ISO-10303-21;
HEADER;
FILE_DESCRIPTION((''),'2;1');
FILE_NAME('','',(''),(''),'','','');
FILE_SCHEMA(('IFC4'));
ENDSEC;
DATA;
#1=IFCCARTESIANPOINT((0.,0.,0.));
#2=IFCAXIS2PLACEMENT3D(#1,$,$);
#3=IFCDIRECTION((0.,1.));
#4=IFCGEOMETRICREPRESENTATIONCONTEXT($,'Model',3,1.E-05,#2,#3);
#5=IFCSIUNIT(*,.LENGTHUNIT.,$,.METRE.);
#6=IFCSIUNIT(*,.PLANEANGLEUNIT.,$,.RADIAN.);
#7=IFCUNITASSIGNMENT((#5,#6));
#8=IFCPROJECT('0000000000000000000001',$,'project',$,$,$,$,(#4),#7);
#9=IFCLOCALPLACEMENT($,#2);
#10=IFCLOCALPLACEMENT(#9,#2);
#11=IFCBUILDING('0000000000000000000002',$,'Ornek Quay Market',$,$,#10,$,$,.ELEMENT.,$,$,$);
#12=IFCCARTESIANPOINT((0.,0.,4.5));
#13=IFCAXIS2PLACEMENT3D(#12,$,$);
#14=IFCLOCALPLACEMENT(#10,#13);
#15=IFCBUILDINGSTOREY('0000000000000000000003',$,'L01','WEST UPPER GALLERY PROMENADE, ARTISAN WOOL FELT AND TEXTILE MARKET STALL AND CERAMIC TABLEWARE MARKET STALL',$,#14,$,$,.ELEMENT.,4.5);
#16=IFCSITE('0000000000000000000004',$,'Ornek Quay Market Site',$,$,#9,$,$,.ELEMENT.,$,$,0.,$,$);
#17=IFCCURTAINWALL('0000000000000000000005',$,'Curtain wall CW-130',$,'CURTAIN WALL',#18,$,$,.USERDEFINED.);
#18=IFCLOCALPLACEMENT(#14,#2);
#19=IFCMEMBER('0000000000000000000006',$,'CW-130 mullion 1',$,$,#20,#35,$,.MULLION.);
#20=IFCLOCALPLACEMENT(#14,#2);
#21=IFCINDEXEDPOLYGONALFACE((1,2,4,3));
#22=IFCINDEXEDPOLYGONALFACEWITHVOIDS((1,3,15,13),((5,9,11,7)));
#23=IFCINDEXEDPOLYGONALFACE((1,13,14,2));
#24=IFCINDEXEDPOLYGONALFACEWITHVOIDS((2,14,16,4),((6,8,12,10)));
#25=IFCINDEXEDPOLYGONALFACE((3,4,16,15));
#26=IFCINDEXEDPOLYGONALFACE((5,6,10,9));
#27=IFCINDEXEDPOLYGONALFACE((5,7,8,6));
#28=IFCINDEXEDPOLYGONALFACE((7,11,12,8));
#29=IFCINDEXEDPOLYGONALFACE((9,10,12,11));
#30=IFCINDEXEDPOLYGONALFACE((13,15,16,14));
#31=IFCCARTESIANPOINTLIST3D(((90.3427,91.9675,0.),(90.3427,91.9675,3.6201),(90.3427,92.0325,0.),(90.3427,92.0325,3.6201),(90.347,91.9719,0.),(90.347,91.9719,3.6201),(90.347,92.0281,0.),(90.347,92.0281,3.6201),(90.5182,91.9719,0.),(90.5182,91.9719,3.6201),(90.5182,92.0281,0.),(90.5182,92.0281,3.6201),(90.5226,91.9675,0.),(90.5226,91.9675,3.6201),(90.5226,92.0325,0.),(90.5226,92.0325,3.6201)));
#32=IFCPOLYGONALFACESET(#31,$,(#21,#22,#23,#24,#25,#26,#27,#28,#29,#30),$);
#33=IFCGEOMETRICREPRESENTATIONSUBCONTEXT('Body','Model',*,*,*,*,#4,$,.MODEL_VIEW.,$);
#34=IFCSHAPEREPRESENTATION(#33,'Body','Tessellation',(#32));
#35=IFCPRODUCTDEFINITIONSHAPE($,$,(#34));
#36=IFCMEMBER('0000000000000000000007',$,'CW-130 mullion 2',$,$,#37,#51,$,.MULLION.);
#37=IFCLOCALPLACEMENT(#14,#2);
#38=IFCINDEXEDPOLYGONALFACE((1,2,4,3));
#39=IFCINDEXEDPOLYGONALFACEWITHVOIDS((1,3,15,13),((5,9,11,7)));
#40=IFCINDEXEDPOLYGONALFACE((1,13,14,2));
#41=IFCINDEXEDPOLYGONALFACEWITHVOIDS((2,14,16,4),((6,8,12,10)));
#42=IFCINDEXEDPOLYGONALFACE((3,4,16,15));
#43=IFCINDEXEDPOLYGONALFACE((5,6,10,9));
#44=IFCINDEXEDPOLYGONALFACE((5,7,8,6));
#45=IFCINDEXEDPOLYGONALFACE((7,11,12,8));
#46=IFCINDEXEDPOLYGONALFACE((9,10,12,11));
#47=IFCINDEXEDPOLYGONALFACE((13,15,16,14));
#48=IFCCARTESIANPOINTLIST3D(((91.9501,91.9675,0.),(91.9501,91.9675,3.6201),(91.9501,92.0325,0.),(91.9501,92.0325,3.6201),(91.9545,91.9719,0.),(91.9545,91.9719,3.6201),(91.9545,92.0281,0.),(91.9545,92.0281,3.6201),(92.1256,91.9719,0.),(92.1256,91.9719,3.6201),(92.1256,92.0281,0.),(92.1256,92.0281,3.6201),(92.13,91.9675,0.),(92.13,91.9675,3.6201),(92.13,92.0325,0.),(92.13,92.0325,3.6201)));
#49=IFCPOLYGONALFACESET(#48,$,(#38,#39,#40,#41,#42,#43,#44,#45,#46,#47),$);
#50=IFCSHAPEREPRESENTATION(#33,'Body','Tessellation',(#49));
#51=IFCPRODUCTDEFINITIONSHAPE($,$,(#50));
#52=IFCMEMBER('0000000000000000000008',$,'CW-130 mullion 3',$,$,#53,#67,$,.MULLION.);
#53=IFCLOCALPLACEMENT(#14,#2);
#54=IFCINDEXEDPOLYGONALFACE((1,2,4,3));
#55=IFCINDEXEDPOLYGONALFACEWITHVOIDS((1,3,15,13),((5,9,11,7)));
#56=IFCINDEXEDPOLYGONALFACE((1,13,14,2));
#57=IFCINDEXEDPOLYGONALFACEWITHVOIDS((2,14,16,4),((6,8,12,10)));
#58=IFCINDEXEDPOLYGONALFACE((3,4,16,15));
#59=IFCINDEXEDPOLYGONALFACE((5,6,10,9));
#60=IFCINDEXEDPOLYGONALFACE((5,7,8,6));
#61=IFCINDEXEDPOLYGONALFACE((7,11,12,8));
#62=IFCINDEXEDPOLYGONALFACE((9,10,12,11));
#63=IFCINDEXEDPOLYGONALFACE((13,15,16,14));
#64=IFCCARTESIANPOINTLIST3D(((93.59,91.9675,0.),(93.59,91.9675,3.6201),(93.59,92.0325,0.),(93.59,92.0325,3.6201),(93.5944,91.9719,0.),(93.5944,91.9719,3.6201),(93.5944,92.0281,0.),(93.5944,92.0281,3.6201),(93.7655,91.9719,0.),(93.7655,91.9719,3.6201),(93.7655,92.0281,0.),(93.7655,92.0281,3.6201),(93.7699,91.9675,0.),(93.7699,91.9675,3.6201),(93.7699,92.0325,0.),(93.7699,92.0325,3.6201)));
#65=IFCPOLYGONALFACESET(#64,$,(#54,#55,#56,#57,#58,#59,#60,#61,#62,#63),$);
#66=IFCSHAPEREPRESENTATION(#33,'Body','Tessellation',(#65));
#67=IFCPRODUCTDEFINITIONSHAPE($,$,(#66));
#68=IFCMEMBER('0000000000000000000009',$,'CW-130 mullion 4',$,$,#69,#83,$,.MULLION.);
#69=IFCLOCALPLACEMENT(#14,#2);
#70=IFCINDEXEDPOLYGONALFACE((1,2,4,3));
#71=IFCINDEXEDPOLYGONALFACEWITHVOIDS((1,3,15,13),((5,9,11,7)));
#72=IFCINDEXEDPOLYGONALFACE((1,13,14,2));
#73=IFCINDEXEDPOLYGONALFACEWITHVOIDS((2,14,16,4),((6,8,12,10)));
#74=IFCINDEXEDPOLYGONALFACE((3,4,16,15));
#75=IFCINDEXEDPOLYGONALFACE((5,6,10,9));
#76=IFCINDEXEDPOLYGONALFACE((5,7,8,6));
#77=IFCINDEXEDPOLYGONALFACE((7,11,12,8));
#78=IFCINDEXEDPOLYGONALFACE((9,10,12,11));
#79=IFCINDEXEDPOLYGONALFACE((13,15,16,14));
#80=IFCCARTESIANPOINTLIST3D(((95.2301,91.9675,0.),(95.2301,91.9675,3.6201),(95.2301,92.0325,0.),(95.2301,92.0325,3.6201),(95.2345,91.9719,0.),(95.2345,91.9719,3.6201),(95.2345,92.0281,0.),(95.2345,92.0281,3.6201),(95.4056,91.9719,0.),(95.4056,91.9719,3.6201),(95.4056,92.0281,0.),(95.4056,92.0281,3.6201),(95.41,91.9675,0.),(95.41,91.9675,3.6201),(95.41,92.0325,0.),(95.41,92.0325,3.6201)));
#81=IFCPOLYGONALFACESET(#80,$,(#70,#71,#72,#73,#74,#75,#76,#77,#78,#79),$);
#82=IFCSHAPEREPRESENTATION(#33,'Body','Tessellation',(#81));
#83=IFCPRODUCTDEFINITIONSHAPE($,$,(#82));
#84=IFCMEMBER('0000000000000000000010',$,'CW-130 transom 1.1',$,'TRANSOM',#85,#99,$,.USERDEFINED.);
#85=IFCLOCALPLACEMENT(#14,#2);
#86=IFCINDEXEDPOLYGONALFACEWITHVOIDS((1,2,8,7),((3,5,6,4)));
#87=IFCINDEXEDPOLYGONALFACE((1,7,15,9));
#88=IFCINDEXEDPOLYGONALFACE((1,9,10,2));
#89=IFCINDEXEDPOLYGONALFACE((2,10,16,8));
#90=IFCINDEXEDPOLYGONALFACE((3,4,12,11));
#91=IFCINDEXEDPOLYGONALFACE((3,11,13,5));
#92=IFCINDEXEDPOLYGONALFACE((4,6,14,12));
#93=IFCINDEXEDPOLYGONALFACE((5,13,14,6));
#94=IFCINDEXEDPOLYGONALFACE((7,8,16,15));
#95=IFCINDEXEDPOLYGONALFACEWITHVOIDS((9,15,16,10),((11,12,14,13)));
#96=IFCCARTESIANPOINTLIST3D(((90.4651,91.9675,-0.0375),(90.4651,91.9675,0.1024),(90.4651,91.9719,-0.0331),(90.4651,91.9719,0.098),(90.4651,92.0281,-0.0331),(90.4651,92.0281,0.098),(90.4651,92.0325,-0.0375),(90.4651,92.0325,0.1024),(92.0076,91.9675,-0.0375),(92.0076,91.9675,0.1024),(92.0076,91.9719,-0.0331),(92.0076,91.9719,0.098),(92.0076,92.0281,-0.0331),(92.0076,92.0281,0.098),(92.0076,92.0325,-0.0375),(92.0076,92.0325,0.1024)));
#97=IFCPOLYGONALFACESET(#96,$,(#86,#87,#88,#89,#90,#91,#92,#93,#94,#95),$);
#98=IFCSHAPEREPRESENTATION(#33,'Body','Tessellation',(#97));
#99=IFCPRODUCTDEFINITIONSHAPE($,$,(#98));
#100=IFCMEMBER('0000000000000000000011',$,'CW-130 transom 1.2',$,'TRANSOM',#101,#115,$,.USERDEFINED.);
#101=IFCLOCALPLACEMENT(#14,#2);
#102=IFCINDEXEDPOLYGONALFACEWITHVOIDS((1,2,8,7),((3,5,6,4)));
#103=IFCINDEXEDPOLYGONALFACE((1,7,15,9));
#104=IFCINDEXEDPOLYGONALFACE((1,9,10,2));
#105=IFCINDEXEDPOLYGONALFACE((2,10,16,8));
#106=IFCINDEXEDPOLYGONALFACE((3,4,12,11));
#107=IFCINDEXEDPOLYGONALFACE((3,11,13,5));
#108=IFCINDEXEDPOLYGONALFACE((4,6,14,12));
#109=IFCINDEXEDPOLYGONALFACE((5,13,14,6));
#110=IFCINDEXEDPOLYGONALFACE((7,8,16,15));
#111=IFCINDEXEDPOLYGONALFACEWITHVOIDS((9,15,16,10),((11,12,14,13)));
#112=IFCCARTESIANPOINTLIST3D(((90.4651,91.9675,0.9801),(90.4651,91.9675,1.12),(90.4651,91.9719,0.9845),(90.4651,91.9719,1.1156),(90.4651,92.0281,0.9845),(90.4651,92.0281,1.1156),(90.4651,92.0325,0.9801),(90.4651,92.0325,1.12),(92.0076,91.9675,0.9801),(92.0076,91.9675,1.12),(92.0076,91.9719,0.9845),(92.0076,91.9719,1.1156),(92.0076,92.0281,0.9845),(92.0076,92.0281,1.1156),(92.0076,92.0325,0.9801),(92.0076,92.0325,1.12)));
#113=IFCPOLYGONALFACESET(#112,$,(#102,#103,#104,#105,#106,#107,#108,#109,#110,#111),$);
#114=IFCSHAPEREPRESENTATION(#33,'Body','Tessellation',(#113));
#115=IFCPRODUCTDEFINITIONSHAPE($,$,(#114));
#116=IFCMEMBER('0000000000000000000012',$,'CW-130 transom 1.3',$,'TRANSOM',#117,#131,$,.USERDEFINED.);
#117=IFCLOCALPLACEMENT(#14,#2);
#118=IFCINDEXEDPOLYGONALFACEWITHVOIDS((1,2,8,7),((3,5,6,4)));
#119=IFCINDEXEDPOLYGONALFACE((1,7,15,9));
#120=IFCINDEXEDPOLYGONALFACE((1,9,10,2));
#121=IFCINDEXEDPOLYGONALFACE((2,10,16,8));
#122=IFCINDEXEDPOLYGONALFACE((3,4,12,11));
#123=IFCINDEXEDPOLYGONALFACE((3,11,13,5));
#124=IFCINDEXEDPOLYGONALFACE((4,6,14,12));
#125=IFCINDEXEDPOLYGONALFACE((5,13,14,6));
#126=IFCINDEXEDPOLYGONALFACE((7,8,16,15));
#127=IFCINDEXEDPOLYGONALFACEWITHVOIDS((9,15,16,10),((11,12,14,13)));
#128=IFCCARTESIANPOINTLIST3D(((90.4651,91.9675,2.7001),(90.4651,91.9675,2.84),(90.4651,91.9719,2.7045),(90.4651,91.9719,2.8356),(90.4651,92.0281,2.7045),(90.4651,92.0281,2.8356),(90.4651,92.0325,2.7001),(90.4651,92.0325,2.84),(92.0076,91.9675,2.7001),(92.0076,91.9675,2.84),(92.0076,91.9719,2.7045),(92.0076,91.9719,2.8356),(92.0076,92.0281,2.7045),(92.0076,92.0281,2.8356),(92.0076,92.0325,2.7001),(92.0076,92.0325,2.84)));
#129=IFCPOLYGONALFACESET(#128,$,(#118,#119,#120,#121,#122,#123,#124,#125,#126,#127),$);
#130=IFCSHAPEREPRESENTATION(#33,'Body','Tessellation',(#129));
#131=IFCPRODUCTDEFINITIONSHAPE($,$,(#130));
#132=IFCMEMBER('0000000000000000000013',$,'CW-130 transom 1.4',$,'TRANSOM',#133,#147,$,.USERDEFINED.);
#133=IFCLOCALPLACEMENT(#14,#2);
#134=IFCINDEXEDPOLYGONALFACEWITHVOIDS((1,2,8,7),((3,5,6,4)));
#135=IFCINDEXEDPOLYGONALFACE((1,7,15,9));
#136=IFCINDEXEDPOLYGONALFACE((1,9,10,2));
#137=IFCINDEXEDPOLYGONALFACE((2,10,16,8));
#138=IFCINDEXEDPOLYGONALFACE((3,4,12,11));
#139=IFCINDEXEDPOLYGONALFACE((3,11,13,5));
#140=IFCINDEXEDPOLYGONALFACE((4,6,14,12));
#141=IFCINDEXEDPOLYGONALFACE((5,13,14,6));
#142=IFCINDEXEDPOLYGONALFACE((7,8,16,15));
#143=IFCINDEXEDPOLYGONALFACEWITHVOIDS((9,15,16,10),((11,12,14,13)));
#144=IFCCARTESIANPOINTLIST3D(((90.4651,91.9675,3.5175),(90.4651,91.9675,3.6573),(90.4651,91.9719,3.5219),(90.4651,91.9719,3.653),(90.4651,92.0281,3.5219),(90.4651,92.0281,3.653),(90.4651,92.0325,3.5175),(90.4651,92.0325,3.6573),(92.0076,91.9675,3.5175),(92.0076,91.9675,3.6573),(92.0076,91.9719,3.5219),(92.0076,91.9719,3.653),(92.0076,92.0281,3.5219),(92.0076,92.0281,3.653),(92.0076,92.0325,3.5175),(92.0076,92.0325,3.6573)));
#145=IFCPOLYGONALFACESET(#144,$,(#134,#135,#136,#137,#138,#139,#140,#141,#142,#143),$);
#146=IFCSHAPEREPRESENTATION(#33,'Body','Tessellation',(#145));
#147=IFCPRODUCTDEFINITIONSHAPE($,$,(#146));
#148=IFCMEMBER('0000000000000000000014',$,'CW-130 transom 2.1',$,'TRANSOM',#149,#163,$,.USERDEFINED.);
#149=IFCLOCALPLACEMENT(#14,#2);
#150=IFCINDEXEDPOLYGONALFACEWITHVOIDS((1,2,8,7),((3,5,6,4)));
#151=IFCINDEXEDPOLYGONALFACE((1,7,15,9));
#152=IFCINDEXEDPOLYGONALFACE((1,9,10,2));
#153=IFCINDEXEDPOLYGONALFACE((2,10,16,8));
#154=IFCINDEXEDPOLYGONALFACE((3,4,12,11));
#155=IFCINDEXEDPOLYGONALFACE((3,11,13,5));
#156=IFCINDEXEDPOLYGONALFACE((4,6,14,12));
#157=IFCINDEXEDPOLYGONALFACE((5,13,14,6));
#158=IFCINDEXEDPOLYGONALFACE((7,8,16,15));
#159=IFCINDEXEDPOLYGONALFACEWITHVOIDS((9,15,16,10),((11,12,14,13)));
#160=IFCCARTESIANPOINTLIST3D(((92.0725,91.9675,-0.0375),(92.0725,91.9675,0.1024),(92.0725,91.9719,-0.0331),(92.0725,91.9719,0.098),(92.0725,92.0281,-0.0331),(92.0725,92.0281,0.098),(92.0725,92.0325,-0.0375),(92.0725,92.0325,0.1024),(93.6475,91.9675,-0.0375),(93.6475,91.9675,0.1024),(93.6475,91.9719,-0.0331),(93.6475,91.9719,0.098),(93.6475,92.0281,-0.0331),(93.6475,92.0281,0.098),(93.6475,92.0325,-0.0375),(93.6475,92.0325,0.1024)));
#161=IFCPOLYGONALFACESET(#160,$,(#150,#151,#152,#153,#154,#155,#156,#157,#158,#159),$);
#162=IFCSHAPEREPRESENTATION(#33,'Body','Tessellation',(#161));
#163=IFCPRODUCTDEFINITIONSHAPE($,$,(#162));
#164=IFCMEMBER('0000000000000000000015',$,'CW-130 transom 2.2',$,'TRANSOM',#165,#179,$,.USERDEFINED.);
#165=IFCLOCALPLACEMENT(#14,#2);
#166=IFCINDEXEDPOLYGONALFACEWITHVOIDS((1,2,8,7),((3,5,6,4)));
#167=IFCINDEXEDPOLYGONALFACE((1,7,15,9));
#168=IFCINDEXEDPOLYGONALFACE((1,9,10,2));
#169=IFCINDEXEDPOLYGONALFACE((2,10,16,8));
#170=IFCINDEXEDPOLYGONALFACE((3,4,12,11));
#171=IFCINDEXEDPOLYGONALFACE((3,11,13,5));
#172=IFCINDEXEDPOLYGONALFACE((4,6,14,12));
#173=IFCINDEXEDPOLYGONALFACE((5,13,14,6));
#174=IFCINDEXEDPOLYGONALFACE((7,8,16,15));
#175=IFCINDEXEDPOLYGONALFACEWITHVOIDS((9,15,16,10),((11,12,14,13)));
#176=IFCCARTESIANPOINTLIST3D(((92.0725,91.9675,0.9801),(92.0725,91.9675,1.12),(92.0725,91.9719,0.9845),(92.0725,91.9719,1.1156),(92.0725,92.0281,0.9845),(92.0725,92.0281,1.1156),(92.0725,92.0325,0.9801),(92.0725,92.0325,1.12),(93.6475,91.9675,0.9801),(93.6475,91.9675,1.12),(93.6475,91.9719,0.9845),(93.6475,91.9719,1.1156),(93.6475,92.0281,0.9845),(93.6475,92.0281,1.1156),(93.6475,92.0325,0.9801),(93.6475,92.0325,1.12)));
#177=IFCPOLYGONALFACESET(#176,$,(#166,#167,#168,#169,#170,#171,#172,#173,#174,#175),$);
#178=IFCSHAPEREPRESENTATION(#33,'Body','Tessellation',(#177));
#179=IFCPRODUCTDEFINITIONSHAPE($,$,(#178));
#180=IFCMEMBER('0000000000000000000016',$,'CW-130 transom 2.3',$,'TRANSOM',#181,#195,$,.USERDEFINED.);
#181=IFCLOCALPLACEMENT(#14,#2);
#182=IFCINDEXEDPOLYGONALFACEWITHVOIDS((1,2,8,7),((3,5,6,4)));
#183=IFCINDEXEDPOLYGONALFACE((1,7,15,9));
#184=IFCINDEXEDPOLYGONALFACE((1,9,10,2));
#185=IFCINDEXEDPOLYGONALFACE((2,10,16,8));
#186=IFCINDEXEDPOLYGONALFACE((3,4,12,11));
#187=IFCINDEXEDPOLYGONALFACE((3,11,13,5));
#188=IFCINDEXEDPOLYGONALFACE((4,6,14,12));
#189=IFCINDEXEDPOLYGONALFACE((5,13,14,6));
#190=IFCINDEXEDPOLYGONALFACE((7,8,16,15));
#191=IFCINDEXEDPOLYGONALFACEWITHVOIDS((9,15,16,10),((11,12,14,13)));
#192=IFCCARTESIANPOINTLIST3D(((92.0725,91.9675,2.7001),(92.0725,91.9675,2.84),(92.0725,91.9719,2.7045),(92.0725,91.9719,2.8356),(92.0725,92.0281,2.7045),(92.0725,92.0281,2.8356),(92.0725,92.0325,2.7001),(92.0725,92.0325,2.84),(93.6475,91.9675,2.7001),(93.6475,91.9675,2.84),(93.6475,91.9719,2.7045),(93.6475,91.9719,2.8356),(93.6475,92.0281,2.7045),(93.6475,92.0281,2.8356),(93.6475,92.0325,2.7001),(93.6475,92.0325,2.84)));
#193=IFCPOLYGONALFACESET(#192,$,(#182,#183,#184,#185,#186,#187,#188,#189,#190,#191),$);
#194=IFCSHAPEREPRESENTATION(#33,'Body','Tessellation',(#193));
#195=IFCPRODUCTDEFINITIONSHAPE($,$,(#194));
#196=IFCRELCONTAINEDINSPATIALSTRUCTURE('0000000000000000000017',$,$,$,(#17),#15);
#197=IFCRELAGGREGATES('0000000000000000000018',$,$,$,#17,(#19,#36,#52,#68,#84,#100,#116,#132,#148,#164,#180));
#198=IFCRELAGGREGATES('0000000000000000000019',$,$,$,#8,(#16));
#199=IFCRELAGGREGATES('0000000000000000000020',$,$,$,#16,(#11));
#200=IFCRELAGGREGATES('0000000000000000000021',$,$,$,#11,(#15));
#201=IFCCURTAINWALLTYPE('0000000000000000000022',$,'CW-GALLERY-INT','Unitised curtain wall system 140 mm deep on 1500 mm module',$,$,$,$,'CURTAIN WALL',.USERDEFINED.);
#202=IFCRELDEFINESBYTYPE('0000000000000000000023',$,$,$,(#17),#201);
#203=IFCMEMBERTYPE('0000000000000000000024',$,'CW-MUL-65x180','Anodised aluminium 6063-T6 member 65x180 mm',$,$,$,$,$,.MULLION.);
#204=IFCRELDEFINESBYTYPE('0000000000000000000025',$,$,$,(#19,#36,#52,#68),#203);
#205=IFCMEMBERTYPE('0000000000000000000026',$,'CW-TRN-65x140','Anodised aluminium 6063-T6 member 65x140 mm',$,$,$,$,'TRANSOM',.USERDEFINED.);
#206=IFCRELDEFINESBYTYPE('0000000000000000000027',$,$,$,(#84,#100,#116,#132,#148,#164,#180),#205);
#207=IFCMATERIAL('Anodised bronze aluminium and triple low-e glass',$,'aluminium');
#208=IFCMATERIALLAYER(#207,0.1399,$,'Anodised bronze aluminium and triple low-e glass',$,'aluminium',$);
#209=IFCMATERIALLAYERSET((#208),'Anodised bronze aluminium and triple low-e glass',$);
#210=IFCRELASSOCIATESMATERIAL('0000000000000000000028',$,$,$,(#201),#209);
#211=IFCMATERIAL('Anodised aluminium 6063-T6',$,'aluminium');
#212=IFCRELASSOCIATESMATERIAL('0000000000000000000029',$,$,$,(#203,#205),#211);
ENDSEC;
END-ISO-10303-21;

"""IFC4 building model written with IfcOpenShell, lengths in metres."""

from ifc_helpers import new_model, si_unit, direction, frame, origin, origin_2d, place, context, subcontext, project, spatial, hollow_rectangle, extrude, material, layer, layer_set, material_profile, profile_set, type_object, element, aggregate, save


model = new_model("IFC4")

# Units and contexts
model_context = context("Model", 3, precision=1e-05, world=origin(), true_north=direction((0.0, 1.0)))
body_context = subcontext(model_context, "Body", "Model", "MODEL_VIEW")
ifc_project = project(units=[si_unit("LENGTHUNIT", "METRE"), si_unit("PLANEANGLEUNIT", "RADIAN")], contexts=[model_context])

# Site, building, storey
site_placement = place(None, origin())
site = spatial("IfcSite", under=ifc_project, at=site_placement, Name="Ornek Quay Market Site", CompositionType="ELEMENT", RefElevation=0.0)
building_placement = place(site_placement, origin())
building = spatial("IfcBuilding", under=site, at=building_placement, Name="Ornek Quay Market", CompositionType="ELEMENT")
storey_placement = place(building_placement, frame((0.0, 0.0, 4.5)))
storey = spatial("IfcBuildingStorey", under=building, at=storey_placement, Name="L01", Description="WEST UPPER GALLERY PROMENADE, ARTISAN WOOL FELT AND TEXTILE MARKET STALL AND CERAMIC TABLEWARE MARKET STALL", CompositionType="ELEMENT", Elevation=4.5)

# Curtain wall, members
ifc_material_1 = material(Name="Anodised bronze aluminium and triple low-e glass", Category="aluminium")
ifc_layer_1 = layer(ifc_material_1, 0.1399, Name="Anodised bronze aluminium and triple low-e glass", Category="aluminium")
ifc_layer_set_1 = layer_set([ifc_layer_1], Name="Anodised bronze aluminium and triple low-e glass")
curtain_wall_type = type_object("IfcCurtainWallType", Name="CW-GALLERY-INT", Description="Unitised curtain wall system 140 mm deep on 1500 mm module", ElementType="CURTAIN WALL", PredefinedType="USERDEFINED", material=ifc_layer_set_1)
curtain_wall_placement = place(storey_placement, origin())
curtain_wall = element("IfcCurtainWall", 1, at=curtain_wall_placement, inside=storey, type_object=curtain_wall_type, Name="Curtain wall CW-130", ObjectType="CURTAIN WALL", PredefinedType="USERDEFINED")
ifc_material_2 = material(Name="Anodised aluminium 6063-T6", Category="aluminium")
ifc_material_profile_1 = material_profile(ifc_material_2, hollow_rectangle(XDim=0.0649, YDim=0.1799, WallThickness=0.0044, at=origin_2d()), Name="CW-MUL-65x180", Category="aluminium")
ifc_profile_set_1 = profile_set([ifc_material_profile_1], Name="Anodised aluminium 6063-T6")
member_type_1 = type_object("IfcMemberType", Name="CW-MUL-65x180", Description="Anodised aluminium 6063-T6 member 65x180 mm", PredefinedType="MULLION", material=ifc_profile_set_1)
member_1_placement = place(storey_placement, frame((90.4326, 92.0, 0.0), z_axis=(0.0, 0.0, 1.0), x_axis=(0.0, 1.0, 0.0)))
member_1 = element("IfcMember", 2, at=member_1_placement, type_object=member_type_1, Name="CW-130 mullion 1", PredefinedType="MULLION", context=body_context, shape_type="SweptSolid", body=[
    extrude(hollow_rectangle(XDim=0.0649, YDim=0.1799, WallThickness=0.0044, at=origin_2d()), origin(), (0.0, 0.0, 1.0), 3.6201),
])
member_2_placement = place(storey_placement, frame((92.04, 92.0, 0.0), z_axis=(0.0, 0.0, 1.0), x_axis=(0.0, 1.0, 0.0)))
member_2 = element("IfcMember", 3, at=member_2_placement, type_object=member_type_1, Name="CW-130 mullion 2", PredefinedType="MULLION", context=body_context, shape_type="SweptSolid", body=[
    extrude(hollow_rectangle(XDim=0.0649, YDim=0.1799, WallThickness=0.0044, at=origin_2d()), origin(), (0.0, 0.0, 1.0), 3.6201),
])
member_3_placement = place(storey_placement, frame((93.6799, 92.0, 0.0), z_axis=(0.0, 0.0, 1.0), x_axis=(0.0, 1.0, 0.0)))
member_3 = element("IfcMember", 4, at=member_3_placement, type_object=member_type_1, Name="CW-130 mullion 3", PredefinedType="MULLION", context=body_context, shape_type="SweptSolid", body=[
    extrude(hollow_rectangle(XDim=0.0649, YDim=0.1799, WallThickness=0.0044, at=origin_2d()), origin(), (0.0, 0.0, 1.0), 3.6201),
])
member_4_placement = place(storey_placement, frame((95.3201, 92.0, 0.0), z_axis=(0.0, 0.0, 1.0), x_axis=(0.0, 1.0, 0.0)))
member_4 = element("IfcMember", 5, at=member_4_placement, type_object=member_type_1, Name="CW-130 mullion 4", PredefinedType="MULLION", context=body_context, shape_type="SweptSolid", body=[
    extrude(hollow_rectangle(XDim=0.0649, YDim=0.1799, WallThickness=0.0044, at=origin_2d()), origin(), (0.0, 0.0, 1.0), 3.6201),
])
ifc_material_profile_2 = material_profile(ifc_material_2, hollow_rectangle(XDim=0.0649, YDim=0.1399, WallThickness=0.0044, at=origin_2d()), Name="CW-TRN-65x140", Category="aluminium")
ifc_profile_set_2 = profile_set([ifc_material_profile_2], Name="Anodised aluminium 6063-T6")
member_type_2 = type_object("IfcMemberType", Name="CW-TRN-65x140", Description="Anodised aluminium 6063-T6 member 65x140 mm", ElementType="TRANSOM", PredefinedType="USERDEFINED", material=ifc_profile_set_2)
member_5_placement = place(storey_placement, frame((90.4651, 92.0, 0.0325), z_axis=(1.0, 0.0, 0.0), x_axis=(0.0, 1.0, 0.0)))
member_5 = element("IfcMember", 6, at=member_5_placement, type_object=member_type_2, Name="CW-130 transom 1.1", ObjectType="TRANSOM", PredefinedType="USERDEFINED", context=body_context, shape_type="SweptSolid", body=[
    extrude(hollow_rectangle(XDim=0.0649, YDim=0.1399, WallThickness=0.0044, at=origin_2d()), origin(), (0.0, 0.0, 1.0), 1.5425),
])
member_6_placement = place(storey_placement, frame((90.4651, 92.0, 1.05), z_axis=(1.0, 0.0, 0.0), x_axis=(0.0, 1.0, 0.0)))
member_6 = element("IfcMember", 7, at=member_6_placement, type_object=member_type_2, Name="CW-130 transom 1.2", ObjectType="TRANSOM", PredefinedType="USERDEFINED", context=body_context, shape_type="SweptSolid", body=[
    extrude(hollow_rectangle(XDim=0.0649, YDim=0.1399, WallThickness=0.0044, at=origin_2d()), origin(), (0.0, 0.0, 1.0), 1.5425),
])
member_7_placement = place(storey_placement, frame((90.4651, 92.0, 2.77), z_axis=(1.0, 0.0, 0.0), x_axis=(0.0, 1.0, 0.0)))
member_7 = element("IfcMember", 8, at=member_7_placement, type_object=member_type_2, Name="CW-130 transom 1.3", ObjectType="TRANSOM", PredefinedType="USERDEFINED", context=body_context, shape_type="SweptSolid", body=[
    extrude(hollow_rectangle(XDim=0.0649, YDim=0.1399, WallThickness=0.0044, at=origin_2d()), origin(), (0.0, 0.0, 1.0), 1.5425),
])
member_8_placement = place(storey_placement, frame((90.4651, 92.0, 3.5874), z_axis=(1.0, 0.0, 0.0), x_axis=(0.0, 1.0, 0.0)))
member_8 = element("IfcMember", 9, at=member_8_placement, type_object=member_type_2, Name="CW-130 transom 1.4", ObjectType="TRANSOM", PredefinedType="USERDEFINED", context=body_context, shape_type="SweptSolid", body=[
    extrude(hollow_rectangle(XDim=0.0649, YDim=0.1399, WallThickness=0.0044, at=origin_2d()), origin(), (0.0, 0.0, 1.0), 1.5425),
])
member_9_placement = place(storey_placement, frame((92.0725, 92.0, 0.0325), z_axis=(1.0, 0.0, 0.0), x_axis=(0.0, 1.0, 0.0)))
member_9 = element("IfcMember", 10, at=member_9_placement, type_object=member_type_2, Name="CW-130 transom 2.1", ObjectType="TRANSOM", PredefinedType="USERDEFINED", context=body_context, shape_type="SweptSolid", body=[
    extrude(hollow_rectangle(XDim=0.0649, YDim=0.1399, WallThickness=0.0044, at=origin_2d()), origin(), (0.0, 0.0, 1.0), 1.575),
])
member_10_placement = place(storey_placement, frame((92.0725, 92.0, 1.05), z_axis=(1.0, 0.0, 0.0), x_axis=(0.0, 1.0, 0.0)))
member_10 = element("IfcMember", 11, at=member_10_placement, type_object=member_type_2, Name="CW-130 transom 2.2", ObjectType="TRANSOM", PredefinedType="USERDEFINED", context=body_context, shape_type="SweptSolid", body=[
    extrude(hollow_rectangle(XDim=0.0649, YDim=0.1399, WallThickness=0.0044, at=origin_2d()), origin(), (0.0, 0.0, 1.0), 1.575),
])
member_11_placement = place(storey_placement, frame((92.0725, 92.0, 2.77), z_axis=(1.0, 0.0, 0.0), x_axis=(0.0, 1.0, 0.0)))
member_11 = element("IfcMember", 12, at=member_11_placement, type_object=member_type_2, Name="CW-130 transom 2.3", ObjectType="TRANSOM", PredefinedType="USERDEFINED", context=body_context, shape_type="SweptSolid", body=[
    extrude(hollow_rectangle(XDim=0.0649, YDim=0.1399, WallThickness=0.0044, at=origin_2d()), origin(), (0.0, 0.0, 1.0), 1.575),
])
aggregate(curtain_wall, [member_1, member_2, member_3, member_4, member_5, member_6, member_7, member_8, member_9, member_10, member_11])

save(model, "model.ifc")
